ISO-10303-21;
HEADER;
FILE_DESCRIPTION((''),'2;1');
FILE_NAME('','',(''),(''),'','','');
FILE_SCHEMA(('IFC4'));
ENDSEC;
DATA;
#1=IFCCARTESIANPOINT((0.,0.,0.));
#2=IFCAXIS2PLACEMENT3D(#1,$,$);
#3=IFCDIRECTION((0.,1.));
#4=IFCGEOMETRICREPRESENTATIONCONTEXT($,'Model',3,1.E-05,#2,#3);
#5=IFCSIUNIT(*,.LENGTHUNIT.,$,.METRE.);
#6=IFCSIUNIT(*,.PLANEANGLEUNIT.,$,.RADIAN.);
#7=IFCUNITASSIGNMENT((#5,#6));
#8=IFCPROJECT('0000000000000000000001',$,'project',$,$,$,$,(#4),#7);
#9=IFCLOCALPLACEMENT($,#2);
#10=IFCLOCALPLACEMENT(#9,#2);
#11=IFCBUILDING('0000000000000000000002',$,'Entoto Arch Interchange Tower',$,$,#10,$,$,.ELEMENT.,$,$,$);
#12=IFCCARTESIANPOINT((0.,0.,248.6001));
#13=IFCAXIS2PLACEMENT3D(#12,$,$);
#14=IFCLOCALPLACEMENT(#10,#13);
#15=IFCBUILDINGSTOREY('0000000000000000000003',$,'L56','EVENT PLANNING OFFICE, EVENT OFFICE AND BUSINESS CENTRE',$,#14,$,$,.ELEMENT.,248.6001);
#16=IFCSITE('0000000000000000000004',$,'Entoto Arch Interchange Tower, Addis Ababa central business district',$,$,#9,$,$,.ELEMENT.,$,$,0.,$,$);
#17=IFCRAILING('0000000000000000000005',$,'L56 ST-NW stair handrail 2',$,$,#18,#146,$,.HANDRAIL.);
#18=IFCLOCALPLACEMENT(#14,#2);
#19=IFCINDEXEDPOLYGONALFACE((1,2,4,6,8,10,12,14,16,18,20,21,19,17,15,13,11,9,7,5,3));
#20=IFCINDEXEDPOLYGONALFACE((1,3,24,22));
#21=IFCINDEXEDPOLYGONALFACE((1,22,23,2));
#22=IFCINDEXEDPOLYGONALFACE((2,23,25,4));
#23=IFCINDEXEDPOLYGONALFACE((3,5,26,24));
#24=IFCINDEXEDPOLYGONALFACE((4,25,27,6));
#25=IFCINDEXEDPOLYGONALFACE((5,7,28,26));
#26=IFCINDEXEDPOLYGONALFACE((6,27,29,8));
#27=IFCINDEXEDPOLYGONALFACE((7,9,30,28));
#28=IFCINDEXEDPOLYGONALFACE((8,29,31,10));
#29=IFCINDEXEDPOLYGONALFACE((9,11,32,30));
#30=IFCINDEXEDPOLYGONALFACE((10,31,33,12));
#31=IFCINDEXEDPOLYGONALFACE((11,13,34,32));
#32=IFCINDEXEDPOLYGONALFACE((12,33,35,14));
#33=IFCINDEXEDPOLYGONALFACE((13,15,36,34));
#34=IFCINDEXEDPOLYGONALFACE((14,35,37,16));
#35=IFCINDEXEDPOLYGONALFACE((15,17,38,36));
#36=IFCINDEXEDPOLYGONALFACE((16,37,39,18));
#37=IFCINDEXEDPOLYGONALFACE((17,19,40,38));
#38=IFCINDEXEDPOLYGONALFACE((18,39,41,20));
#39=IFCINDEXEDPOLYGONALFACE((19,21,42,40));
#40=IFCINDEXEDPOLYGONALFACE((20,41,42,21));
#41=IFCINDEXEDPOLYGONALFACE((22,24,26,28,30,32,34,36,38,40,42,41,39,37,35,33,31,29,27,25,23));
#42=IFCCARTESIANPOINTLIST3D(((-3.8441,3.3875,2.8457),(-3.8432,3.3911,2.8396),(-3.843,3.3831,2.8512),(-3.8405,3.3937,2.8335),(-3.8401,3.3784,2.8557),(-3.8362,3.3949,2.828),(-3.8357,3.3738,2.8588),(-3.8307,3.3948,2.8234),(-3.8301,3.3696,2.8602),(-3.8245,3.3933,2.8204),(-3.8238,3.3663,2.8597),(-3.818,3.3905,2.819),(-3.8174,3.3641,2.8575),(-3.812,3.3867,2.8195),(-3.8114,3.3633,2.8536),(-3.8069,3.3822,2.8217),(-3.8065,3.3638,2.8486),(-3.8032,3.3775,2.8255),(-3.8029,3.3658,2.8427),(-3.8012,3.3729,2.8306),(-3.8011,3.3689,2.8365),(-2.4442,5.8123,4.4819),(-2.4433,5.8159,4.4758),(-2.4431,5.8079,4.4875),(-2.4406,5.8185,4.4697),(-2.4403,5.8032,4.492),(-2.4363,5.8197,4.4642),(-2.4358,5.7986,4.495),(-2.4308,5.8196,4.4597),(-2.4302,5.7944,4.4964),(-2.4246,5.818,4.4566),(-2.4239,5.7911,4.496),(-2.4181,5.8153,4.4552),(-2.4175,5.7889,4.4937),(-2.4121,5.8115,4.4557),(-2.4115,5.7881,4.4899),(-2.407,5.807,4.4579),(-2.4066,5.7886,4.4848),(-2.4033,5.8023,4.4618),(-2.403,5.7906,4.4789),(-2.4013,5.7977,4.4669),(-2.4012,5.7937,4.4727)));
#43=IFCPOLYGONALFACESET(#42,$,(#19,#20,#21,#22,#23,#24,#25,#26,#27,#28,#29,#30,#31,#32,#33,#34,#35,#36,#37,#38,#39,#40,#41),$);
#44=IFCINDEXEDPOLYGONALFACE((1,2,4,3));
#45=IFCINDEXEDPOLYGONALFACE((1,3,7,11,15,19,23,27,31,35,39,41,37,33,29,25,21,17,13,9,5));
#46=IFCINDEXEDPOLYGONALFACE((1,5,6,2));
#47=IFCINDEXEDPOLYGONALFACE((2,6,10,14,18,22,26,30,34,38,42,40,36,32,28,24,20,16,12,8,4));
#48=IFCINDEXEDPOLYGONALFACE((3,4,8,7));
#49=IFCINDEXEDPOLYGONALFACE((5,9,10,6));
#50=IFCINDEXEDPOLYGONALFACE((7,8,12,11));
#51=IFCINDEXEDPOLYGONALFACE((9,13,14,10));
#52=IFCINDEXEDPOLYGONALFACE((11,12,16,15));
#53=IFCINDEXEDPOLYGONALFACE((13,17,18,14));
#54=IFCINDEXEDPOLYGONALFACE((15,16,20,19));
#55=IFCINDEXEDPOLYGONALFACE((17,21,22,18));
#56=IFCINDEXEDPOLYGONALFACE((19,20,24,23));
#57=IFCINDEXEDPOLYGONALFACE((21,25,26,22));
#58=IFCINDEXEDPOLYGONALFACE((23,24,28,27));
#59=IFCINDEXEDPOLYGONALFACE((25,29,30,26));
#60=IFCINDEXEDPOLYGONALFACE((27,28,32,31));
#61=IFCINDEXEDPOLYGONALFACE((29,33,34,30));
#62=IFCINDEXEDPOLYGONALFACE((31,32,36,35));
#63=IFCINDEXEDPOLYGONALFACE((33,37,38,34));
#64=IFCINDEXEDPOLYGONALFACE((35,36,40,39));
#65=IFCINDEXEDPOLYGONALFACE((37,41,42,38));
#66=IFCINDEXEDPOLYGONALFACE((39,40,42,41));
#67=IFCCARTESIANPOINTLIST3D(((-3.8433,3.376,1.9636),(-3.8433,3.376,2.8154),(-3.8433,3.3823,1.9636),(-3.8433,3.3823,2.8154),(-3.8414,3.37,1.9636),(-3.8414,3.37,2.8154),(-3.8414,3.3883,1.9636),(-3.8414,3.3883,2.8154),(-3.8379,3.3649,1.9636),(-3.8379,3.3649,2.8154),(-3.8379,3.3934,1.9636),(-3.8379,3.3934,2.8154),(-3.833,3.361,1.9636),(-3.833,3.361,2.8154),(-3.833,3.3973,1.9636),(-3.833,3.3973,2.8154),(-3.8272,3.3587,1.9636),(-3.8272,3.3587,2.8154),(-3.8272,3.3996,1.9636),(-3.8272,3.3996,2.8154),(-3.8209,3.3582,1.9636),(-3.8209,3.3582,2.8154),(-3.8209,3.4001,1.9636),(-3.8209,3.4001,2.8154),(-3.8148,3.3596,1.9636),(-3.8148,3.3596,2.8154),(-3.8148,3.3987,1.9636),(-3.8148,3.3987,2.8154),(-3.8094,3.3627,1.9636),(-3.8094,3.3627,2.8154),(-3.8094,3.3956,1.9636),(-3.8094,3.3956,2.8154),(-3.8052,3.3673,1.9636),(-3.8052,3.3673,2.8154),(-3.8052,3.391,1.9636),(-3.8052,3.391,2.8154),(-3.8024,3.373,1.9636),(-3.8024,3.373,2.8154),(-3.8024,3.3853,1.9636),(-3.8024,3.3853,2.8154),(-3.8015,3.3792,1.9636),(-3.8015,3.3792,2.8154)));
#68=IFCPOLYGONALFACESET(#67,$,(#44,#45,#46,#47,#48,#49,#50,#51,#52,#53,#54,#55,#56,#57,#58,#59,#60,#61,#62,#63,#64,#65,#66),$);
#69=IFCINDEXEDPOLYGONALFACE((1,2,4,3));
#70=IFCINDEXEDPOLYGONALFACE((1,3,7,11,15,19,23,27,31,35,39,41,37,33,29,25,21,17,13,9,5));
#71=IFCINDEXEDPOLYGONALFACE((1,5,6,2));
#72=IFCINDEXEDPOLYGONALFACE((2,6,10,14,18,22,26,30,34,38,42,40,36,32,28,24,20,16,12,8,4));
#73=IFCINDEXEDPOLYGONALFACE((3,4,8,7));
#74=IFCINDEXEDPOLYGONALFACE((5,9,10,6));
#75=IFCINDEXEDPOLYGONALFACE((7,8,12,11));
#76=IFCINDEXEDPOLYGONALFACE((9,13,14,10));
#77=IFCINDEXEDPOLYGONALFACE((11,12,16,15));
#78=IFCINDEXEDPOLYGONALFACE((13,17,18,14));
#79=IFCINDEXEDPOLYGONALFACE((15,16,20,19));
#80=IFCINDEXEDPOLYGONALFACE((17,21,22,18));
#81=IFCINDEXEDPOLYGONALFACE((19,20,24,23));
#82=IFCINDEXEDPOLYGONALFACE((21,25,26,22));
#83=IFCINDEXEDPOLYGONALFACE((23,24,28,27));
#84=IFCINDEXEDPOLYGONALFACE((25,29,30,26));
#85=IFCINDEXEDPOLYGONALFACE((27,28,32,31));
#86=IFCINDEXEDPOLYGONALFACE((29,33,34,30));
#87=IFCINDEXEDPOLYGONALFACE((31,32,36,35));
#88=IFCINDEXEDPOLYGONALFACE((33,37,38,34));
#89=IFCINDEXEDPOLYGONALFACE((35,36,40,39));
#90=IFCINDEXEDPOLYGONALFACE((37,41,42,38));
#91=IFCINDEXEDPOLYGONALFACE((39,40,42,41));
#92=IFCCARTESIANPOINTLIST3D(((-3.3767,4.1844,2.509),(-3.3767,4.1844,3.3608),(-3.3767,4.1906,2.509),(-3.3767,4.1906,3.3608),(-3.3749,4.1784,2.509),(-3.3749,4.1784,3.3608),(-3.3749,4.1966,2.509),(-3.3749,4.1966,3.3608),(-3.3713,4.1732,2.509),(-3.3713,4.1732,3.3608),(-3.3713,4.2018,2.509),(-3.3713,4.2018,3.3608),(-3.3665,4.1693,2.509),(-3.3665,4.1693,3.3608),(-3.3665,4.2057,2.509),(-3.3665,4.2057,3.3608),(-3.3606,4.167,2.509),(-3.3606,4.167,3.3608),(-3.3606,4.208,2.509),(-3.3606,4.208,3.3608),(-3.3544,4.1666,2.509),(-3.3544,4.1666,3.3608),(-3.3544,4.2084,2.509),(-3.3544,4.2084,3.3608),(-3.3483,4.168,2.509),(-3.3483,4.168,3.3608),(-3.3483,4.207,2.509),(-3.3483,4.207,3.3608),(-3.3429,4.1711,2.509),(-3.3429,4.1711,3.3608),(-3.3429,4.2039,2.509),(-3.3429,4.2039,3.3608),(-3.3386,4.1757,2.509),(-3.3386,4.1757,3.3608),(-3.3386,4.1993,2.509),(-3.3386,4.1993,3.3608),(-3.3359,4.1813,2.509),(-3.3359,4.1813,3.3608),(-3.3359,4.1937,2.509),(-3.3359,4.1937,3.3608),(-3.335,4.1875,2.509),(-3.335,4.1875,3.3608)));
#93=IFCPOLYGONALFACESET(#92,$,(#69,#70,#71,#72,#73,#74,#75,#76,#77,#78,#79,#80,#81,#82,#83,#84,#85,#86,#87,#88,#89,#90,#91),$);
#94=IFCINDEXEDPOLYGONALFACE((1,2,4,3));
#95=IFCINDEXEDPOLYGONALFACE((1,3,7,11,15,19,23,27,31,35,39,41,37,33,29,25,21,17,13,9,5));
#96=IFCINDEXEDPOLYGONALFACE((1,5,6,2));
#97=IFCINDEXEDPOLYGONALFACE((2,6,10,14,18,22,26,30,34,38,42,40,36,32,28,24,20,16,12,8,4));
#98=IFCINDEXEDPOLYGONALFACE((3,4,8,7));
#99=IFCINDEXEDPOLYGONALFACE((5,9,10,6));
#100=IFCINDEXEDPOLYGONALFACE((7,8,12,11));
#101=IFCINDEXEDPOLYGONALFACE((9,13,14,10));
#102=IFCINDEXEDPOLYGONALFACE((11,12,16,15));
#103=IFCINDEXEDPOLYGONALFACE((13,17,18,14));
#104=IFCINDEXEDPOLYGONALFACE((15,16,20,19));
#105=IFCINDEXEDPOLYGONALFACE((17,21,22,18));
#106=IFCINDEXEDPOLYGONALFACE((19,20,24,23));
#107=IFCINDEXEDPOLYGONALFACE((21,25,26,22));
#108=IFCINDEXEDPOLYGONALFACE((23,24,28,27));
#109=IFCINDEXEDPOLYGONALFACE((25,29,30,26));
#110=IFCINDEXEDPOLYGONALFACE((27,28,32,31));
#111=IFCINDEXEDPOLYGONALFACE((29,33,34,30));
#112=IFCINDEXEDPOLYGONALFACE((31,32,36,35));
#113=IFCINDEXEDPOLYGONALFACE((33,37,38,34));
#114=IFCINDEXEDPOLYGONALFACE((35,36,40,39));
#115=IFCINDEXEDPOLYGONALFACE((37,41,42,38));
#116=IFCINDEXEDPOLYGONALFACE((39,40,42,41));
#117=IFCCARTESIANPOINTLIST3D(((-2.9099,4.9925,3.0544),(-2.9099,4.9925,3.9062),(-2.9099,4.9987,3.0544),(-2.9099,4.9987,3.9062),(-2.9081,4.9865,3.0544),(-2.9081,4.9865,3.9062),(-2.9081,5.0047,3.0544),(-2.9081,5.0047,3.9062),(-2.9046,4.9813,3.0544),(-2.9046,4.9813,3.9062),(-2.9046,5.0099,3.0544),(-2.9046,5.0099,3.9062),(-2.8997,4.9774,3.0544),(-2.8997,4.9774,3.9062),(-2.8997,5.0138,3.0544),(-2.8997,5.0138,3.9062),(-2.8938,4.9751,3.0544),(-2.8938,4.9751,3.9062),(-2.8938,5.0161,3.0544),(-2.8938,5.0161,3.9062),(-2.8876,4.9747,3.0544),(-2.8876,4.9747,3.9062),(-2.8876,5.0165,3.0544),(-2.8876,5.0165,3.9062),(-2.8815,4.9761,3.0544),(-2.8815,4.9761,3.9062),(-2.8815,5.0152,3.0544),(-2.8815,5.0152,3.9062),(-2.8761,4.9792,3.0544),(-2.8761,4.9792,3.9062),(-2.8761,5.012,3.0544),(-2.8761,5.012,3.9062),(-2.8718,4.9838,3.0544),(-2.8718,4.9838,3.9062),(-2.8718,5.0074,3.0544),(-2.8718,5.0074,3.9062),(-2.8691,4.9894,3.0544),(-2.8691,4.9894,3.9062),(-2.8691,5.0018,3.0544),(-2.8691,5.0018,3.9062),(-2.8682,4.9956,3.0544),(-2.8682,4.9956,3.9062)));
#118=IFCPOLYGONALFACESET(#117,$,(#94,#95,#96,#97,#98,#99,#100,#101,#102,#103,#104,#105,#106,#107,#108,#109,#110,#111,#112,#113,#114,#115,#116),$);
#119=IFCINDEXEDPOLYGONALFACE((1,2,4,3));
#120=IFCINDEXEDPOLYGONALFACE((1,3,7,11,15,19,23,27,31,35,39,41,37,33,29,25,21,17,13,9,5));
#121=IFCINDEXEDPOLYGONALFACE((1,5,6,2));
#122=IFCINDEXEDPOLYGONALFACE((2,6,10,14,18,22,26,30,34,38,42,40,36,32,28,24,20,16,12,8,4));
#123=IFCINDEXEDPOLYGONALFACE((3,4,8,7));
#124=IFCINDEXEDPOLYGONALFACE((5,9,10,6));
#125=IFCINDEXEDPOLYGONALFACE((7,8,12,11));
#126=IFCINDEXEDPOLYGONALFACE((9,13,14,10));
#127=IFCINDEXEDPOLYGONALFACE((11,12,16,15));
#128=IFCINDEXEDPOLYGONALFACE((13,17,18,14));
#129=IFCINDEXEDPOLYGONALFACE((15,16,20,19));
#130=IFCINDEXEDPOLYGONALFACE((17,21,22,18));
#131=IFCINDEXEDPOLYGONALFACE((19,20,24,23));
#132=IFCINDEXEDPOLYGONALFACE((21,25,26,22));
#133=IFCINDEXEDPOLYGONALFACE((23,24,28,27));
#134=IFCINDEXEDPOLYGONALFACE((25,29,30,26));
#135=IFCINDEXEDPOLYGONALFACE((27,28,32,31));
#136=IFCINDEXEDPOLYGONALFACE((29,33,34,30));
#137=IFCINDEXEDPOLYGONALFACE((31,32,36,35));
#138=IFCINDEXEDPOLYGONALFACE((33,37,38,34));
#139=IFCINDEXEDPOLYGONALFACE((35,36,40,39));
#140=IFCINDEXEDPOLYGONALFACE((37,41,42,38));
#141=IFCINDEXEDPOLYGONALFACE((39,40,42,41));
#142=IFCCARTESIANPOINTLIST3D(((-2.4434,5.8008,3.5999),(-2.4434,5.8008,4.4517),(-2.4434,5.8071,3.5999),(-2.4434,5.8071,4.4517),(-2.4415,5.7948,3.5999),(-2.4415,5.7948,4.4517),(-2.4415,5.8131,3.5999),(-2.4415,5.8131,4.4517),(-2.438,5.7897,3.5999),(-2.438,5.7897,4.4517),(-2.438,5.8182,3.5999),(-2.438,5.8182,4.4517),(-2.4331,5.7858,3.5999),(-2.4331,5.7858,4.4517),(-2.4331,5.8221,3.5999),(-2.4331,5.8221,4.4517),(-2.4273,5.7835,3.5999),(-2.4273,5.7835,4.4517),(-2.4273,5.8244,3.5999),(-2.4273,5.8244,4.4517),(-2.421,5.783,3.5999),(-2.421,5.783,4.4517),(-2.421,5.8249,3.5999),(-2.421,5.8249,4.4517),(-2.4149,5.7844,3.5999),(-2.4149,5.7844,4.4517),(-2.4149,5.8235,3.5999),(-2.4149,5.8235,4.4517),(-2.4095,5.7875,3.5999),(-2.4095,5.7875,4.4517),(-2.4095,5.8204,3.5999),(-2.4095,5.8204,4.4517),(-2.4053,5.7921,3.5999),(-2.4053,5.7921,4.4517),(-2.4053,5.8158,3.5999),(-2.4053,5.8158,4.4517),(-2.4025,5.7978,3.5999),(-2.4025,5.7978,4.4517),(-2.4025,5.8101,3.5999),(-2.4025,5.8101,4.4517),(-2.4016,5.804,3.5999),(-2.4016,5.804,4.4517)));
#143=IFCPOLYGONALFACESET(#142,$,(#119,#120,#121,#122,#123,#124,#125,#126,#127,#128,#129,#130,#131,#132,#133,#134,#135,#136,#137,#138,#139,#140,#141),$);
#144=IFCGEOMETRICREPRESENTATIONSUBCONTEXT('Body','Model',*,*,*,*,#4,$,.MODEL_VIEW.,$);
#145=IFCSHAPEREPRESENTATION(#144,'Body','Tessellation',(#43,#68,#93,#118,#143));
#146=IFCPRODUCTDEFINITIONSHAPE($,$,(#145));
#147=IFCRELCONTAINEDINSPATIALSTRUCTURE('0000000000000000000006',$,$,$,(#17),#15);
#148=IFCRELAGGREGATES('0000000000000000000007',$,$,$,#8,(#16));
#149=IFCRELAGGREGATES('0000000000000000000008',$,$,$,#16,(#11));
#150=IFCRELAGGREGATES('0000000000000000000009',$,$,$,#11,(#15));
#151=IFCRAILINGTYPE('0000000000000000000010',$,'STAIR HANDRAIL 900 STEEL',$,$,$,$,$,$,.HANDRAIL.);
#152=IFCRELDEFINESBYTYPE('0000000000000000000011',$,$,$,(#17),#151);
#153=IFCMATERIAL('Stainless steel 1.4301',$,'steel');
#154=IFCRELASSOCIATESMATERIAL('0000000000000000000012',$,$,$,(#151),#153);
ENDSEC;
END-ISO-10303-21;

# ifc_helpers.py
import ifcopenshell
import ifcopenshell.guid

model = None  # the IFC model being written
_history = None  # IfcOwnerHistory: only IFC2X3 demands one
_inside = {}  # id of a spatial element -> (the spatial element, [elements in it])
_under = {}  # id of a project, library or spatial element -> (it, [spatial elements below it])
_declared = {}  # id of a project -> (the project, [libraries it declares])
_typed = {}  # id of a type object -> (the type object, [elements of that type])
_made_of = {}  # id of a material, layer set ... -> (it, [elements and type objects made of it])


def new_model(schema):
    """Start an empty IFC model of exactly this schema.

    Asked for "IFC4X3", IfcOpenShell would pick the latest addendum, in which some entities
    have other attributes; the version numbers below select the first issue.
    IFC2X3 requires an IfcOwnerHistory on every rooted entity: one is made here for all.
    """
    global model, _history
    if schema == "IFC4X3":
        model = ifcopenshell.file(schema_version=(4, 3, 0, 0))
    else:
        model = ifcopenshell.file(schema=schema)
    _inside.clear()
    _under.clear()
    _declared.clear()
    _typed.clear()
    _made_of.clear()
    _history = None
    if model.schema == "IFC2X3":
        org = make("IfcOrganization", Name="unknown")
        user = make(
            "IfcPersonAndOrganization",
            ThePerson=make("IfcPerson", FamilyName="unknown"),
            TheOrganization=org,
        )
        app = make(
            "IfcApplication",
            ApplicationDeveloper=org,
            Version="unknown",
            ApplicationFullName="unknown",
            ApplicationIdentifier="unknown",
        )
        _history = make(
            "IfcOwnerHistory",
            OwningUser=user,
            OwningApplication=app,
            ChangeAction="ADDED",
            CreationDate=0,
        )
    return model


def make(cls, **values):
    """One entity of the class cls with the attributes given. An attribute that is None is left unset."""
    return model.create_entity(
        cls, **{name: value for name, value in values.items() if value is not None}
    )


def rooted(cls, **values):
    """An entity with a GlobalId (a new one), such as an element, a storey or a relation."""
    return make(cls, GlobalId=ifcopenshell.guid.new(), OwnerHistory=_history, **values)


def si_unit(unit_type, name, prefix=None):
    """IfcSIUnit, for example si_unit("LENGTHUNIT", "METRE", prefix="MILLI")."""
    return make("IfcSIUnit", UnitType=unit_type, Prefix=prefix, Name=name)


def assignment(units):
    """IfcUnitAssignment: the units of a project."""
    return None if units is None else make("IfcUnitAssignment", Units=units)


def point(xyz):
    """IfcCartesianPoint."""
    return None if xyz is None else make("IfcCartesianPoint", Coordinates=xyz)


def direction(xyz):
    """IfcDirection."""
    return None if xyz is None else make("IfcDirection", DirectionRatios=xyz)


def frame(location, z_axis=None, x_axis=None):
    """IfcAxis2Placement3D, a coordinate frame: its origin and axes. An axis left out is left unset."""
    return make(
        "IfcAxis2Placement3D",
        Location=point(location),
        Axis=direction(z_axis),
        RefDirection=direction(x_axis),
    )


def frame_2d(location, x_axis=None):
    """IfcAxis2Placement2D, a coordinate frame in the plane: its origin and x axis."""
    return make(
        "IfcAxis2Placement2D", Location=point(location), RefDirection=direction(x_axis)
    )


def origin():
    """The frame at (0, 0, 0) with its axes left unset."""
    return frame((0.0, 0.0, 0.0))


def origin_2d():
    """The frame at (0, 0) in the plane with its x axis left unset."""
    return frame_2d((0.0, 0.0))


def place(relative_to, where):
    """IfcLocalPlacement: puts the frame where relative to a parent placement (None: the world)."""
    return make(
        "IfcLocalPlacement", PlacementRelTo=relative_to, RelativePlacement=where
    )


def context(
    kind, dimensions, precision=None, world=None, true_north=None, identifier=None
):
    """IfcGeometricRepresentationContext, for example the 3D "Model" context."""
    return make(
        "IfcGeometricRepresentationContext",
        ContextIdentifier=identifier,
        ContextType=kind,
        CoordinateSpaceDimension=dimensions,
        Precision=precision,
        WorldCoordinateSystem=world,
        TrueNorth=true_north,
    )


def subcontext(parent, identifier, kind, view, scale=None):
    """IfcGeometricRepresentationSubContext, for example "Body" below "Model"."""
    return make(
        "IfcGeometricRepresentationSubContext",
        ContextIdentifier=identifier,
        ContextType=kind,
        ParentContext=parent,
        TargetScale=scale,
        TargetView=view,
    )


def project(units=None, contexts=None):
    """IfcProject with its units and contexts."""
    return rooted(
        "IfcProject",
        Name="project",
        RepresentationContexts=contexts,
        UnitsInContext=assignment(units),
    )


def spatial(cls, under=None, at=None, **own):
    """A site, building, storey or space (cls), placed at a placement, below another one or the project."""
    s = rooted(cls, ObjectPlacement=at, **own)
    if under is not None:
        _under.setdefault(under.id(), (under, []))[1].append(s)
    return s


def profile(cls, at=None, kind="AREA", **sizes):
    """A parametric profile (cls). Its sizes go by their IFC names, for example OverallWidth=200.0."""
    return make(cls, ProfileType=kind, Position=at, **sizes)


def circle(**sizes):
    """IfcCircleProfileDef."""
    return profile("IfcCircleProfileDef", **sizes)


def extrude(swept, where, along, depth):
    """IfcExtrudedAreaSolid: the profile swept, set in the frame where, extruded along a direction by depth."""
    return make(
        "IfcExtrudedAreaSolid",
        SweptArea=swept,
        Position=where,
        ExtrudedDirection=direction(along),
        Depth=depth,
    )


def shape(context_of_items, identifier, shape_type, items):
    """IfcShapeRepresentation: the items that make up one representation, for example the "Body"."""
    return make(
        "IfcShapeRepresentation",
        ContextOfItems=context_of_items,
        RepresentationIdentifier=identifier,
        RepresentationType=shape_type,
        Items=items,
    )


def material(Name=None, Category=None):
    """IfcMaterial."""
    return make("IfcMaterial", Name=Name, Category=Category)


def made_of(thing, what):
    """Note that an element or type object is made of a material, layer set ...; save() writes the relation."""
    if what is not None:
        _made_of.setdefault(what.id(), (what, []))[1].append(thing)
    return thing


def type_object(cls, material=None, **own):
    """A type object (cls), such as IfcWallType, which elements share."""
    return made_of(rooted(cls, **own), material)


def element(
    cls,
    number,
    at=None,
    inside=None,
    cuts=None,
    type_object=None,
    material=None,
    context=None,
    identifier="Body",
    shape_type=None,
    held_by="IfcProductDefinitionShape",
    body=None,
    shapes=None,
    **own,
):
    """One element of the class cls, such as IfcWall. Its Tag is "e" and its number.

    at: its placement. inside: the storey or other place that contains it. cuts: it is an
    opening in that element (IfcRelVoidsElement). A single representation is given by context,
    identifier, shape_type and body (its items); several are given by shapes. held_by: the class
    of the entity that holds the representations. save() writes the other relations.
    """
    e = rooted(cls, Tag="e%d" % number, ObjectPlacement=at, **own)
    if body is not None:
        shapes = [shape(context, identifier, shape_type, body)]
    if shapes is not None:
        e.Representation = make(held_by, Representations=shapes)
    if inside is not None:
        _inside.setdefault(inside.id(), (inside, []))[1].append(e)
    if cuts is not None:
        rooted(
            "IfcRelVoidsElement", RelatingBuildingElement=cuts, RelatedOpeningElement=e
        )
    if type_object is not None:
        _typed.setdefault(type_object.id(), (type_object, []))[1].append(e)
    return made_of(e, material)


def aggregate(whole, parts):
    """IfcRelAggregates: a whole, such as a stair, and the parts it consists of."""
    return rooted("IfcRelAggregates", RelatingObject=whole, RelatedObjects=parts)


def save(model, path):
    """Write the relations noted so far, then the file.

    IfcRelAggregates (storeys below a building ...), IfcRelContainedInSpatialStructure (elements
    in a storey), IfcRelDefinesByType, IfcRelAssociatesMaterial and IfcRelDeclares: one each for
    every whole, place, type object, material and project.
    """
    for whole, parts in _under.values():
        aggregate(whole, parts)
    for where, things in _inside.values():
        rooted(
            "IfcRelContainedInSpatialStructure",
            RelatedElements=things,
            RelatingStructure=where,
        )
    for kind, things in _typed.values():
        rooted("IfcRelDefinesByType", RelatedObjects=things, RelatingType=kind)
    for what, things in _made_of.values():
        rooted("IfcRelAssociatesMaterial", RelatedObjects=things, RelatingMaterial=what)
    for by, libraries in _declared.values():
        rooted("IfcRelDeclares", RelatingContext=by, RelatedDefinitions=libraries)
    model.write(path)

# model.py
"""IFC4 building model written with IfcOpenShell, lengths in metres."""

from ifc_helpers import new_model, si_unit, direction, frame, origin, origin_2d, place, context, subcontext, project, spatial, circle, extrude, material, type_object, element, save


model = new_model("IFC4")

# Units and contexts
model_context = context("Model", 3, precision=1e-05, world=origin(), true_north=direction((0.0, 1.0)))
body_context = subcontext(model_context, "Body", "Model", "MODEL_VIEW")
ifc_project = project(units=[si_unit("LENGTHUNIT", "METRE"), si_unit("PLANEANGLEUNIT", "RADIAN")], contexts=[model_context])

# Site, building, storey
site_placement = place(None, origin())
site = spatial("IfcSite", under=ifc_project, at=site_placement, Name="Entoto Arch Interchange Tower, Addis Ababa central business district", CompositionType="ELEMENT", RefElevation=0.0)
building_placement = place(site_placement, origin())
building = spatial("IfcBuilding", under=site, at=building_placement, Name="Entoto Arch Interchange Tower", CompositionType="ELEMENT")
storey_placement = place(building_placement, frame((0.0, 0.0, 248.6001)))
storey = spatial("IfcBuildingStorey", under=building, at=storey_placement, Name="L56", Description="EVENT PLANNING OFFICE, EVENT OFFICE AND BUSINESS CENTRE", CompositionType="ELEMENT", Elevation=248.6001)

# Railing
ifc_material_1 = material(Name="Stainless steel 1.4301", Category="steel")
railing_type_1 = type_object("IfcRailingType", Name="STAIR HANDRAIL 900 STEEL", PredefinedType="HANDRAIL", material=ifc_material_1)
railing_1_placement = place(storey_placement, frame((-3.8225, 3.3792, 1.9636)))
element("IfcRailing", 1, at=railing_1_placement, inside=storey, type_object=railing_type_1, Name="L56 ST-NW stair handrail 2", PredefinedType="HANDRAIL", context=body_context, shape_type="SweptSolid", body=[
    extrude(circle(Radius=0.0239, at=origin_2d()), frame((0.0, 0.0, 0.876), z_axis=(0.431677, 0.747718, 0.504552), x_axis=(-0.866035, 0.499984, 0.0)), (0.0, 0.0, 1.0), 3.2429),
    extrude(circle(Radius=0.021, at=origin_2d()), origin(), (0.0, 0.0, 1.0), 0.8518),
    extrude(circle(Radius=0.021, at=origin_2d()), frame((0.4666, 0.8083, 0.5454)), (0.0, 0.0, 1.0), 0.8518),
    extrude(circle(Radius=0.021, at=origin_2d()), frame((0.9333, 1.6165, 1.0908)), (0.0, 0.0, 1.0), 0.8518),
    extrude(circle(Radius=0.021, at=origin_2d()), frame((1.3999, 2.4248, 1.6362)), (0.0, 0.0, 1.0), 0.8518),
])

save(model, "model.ifc")
